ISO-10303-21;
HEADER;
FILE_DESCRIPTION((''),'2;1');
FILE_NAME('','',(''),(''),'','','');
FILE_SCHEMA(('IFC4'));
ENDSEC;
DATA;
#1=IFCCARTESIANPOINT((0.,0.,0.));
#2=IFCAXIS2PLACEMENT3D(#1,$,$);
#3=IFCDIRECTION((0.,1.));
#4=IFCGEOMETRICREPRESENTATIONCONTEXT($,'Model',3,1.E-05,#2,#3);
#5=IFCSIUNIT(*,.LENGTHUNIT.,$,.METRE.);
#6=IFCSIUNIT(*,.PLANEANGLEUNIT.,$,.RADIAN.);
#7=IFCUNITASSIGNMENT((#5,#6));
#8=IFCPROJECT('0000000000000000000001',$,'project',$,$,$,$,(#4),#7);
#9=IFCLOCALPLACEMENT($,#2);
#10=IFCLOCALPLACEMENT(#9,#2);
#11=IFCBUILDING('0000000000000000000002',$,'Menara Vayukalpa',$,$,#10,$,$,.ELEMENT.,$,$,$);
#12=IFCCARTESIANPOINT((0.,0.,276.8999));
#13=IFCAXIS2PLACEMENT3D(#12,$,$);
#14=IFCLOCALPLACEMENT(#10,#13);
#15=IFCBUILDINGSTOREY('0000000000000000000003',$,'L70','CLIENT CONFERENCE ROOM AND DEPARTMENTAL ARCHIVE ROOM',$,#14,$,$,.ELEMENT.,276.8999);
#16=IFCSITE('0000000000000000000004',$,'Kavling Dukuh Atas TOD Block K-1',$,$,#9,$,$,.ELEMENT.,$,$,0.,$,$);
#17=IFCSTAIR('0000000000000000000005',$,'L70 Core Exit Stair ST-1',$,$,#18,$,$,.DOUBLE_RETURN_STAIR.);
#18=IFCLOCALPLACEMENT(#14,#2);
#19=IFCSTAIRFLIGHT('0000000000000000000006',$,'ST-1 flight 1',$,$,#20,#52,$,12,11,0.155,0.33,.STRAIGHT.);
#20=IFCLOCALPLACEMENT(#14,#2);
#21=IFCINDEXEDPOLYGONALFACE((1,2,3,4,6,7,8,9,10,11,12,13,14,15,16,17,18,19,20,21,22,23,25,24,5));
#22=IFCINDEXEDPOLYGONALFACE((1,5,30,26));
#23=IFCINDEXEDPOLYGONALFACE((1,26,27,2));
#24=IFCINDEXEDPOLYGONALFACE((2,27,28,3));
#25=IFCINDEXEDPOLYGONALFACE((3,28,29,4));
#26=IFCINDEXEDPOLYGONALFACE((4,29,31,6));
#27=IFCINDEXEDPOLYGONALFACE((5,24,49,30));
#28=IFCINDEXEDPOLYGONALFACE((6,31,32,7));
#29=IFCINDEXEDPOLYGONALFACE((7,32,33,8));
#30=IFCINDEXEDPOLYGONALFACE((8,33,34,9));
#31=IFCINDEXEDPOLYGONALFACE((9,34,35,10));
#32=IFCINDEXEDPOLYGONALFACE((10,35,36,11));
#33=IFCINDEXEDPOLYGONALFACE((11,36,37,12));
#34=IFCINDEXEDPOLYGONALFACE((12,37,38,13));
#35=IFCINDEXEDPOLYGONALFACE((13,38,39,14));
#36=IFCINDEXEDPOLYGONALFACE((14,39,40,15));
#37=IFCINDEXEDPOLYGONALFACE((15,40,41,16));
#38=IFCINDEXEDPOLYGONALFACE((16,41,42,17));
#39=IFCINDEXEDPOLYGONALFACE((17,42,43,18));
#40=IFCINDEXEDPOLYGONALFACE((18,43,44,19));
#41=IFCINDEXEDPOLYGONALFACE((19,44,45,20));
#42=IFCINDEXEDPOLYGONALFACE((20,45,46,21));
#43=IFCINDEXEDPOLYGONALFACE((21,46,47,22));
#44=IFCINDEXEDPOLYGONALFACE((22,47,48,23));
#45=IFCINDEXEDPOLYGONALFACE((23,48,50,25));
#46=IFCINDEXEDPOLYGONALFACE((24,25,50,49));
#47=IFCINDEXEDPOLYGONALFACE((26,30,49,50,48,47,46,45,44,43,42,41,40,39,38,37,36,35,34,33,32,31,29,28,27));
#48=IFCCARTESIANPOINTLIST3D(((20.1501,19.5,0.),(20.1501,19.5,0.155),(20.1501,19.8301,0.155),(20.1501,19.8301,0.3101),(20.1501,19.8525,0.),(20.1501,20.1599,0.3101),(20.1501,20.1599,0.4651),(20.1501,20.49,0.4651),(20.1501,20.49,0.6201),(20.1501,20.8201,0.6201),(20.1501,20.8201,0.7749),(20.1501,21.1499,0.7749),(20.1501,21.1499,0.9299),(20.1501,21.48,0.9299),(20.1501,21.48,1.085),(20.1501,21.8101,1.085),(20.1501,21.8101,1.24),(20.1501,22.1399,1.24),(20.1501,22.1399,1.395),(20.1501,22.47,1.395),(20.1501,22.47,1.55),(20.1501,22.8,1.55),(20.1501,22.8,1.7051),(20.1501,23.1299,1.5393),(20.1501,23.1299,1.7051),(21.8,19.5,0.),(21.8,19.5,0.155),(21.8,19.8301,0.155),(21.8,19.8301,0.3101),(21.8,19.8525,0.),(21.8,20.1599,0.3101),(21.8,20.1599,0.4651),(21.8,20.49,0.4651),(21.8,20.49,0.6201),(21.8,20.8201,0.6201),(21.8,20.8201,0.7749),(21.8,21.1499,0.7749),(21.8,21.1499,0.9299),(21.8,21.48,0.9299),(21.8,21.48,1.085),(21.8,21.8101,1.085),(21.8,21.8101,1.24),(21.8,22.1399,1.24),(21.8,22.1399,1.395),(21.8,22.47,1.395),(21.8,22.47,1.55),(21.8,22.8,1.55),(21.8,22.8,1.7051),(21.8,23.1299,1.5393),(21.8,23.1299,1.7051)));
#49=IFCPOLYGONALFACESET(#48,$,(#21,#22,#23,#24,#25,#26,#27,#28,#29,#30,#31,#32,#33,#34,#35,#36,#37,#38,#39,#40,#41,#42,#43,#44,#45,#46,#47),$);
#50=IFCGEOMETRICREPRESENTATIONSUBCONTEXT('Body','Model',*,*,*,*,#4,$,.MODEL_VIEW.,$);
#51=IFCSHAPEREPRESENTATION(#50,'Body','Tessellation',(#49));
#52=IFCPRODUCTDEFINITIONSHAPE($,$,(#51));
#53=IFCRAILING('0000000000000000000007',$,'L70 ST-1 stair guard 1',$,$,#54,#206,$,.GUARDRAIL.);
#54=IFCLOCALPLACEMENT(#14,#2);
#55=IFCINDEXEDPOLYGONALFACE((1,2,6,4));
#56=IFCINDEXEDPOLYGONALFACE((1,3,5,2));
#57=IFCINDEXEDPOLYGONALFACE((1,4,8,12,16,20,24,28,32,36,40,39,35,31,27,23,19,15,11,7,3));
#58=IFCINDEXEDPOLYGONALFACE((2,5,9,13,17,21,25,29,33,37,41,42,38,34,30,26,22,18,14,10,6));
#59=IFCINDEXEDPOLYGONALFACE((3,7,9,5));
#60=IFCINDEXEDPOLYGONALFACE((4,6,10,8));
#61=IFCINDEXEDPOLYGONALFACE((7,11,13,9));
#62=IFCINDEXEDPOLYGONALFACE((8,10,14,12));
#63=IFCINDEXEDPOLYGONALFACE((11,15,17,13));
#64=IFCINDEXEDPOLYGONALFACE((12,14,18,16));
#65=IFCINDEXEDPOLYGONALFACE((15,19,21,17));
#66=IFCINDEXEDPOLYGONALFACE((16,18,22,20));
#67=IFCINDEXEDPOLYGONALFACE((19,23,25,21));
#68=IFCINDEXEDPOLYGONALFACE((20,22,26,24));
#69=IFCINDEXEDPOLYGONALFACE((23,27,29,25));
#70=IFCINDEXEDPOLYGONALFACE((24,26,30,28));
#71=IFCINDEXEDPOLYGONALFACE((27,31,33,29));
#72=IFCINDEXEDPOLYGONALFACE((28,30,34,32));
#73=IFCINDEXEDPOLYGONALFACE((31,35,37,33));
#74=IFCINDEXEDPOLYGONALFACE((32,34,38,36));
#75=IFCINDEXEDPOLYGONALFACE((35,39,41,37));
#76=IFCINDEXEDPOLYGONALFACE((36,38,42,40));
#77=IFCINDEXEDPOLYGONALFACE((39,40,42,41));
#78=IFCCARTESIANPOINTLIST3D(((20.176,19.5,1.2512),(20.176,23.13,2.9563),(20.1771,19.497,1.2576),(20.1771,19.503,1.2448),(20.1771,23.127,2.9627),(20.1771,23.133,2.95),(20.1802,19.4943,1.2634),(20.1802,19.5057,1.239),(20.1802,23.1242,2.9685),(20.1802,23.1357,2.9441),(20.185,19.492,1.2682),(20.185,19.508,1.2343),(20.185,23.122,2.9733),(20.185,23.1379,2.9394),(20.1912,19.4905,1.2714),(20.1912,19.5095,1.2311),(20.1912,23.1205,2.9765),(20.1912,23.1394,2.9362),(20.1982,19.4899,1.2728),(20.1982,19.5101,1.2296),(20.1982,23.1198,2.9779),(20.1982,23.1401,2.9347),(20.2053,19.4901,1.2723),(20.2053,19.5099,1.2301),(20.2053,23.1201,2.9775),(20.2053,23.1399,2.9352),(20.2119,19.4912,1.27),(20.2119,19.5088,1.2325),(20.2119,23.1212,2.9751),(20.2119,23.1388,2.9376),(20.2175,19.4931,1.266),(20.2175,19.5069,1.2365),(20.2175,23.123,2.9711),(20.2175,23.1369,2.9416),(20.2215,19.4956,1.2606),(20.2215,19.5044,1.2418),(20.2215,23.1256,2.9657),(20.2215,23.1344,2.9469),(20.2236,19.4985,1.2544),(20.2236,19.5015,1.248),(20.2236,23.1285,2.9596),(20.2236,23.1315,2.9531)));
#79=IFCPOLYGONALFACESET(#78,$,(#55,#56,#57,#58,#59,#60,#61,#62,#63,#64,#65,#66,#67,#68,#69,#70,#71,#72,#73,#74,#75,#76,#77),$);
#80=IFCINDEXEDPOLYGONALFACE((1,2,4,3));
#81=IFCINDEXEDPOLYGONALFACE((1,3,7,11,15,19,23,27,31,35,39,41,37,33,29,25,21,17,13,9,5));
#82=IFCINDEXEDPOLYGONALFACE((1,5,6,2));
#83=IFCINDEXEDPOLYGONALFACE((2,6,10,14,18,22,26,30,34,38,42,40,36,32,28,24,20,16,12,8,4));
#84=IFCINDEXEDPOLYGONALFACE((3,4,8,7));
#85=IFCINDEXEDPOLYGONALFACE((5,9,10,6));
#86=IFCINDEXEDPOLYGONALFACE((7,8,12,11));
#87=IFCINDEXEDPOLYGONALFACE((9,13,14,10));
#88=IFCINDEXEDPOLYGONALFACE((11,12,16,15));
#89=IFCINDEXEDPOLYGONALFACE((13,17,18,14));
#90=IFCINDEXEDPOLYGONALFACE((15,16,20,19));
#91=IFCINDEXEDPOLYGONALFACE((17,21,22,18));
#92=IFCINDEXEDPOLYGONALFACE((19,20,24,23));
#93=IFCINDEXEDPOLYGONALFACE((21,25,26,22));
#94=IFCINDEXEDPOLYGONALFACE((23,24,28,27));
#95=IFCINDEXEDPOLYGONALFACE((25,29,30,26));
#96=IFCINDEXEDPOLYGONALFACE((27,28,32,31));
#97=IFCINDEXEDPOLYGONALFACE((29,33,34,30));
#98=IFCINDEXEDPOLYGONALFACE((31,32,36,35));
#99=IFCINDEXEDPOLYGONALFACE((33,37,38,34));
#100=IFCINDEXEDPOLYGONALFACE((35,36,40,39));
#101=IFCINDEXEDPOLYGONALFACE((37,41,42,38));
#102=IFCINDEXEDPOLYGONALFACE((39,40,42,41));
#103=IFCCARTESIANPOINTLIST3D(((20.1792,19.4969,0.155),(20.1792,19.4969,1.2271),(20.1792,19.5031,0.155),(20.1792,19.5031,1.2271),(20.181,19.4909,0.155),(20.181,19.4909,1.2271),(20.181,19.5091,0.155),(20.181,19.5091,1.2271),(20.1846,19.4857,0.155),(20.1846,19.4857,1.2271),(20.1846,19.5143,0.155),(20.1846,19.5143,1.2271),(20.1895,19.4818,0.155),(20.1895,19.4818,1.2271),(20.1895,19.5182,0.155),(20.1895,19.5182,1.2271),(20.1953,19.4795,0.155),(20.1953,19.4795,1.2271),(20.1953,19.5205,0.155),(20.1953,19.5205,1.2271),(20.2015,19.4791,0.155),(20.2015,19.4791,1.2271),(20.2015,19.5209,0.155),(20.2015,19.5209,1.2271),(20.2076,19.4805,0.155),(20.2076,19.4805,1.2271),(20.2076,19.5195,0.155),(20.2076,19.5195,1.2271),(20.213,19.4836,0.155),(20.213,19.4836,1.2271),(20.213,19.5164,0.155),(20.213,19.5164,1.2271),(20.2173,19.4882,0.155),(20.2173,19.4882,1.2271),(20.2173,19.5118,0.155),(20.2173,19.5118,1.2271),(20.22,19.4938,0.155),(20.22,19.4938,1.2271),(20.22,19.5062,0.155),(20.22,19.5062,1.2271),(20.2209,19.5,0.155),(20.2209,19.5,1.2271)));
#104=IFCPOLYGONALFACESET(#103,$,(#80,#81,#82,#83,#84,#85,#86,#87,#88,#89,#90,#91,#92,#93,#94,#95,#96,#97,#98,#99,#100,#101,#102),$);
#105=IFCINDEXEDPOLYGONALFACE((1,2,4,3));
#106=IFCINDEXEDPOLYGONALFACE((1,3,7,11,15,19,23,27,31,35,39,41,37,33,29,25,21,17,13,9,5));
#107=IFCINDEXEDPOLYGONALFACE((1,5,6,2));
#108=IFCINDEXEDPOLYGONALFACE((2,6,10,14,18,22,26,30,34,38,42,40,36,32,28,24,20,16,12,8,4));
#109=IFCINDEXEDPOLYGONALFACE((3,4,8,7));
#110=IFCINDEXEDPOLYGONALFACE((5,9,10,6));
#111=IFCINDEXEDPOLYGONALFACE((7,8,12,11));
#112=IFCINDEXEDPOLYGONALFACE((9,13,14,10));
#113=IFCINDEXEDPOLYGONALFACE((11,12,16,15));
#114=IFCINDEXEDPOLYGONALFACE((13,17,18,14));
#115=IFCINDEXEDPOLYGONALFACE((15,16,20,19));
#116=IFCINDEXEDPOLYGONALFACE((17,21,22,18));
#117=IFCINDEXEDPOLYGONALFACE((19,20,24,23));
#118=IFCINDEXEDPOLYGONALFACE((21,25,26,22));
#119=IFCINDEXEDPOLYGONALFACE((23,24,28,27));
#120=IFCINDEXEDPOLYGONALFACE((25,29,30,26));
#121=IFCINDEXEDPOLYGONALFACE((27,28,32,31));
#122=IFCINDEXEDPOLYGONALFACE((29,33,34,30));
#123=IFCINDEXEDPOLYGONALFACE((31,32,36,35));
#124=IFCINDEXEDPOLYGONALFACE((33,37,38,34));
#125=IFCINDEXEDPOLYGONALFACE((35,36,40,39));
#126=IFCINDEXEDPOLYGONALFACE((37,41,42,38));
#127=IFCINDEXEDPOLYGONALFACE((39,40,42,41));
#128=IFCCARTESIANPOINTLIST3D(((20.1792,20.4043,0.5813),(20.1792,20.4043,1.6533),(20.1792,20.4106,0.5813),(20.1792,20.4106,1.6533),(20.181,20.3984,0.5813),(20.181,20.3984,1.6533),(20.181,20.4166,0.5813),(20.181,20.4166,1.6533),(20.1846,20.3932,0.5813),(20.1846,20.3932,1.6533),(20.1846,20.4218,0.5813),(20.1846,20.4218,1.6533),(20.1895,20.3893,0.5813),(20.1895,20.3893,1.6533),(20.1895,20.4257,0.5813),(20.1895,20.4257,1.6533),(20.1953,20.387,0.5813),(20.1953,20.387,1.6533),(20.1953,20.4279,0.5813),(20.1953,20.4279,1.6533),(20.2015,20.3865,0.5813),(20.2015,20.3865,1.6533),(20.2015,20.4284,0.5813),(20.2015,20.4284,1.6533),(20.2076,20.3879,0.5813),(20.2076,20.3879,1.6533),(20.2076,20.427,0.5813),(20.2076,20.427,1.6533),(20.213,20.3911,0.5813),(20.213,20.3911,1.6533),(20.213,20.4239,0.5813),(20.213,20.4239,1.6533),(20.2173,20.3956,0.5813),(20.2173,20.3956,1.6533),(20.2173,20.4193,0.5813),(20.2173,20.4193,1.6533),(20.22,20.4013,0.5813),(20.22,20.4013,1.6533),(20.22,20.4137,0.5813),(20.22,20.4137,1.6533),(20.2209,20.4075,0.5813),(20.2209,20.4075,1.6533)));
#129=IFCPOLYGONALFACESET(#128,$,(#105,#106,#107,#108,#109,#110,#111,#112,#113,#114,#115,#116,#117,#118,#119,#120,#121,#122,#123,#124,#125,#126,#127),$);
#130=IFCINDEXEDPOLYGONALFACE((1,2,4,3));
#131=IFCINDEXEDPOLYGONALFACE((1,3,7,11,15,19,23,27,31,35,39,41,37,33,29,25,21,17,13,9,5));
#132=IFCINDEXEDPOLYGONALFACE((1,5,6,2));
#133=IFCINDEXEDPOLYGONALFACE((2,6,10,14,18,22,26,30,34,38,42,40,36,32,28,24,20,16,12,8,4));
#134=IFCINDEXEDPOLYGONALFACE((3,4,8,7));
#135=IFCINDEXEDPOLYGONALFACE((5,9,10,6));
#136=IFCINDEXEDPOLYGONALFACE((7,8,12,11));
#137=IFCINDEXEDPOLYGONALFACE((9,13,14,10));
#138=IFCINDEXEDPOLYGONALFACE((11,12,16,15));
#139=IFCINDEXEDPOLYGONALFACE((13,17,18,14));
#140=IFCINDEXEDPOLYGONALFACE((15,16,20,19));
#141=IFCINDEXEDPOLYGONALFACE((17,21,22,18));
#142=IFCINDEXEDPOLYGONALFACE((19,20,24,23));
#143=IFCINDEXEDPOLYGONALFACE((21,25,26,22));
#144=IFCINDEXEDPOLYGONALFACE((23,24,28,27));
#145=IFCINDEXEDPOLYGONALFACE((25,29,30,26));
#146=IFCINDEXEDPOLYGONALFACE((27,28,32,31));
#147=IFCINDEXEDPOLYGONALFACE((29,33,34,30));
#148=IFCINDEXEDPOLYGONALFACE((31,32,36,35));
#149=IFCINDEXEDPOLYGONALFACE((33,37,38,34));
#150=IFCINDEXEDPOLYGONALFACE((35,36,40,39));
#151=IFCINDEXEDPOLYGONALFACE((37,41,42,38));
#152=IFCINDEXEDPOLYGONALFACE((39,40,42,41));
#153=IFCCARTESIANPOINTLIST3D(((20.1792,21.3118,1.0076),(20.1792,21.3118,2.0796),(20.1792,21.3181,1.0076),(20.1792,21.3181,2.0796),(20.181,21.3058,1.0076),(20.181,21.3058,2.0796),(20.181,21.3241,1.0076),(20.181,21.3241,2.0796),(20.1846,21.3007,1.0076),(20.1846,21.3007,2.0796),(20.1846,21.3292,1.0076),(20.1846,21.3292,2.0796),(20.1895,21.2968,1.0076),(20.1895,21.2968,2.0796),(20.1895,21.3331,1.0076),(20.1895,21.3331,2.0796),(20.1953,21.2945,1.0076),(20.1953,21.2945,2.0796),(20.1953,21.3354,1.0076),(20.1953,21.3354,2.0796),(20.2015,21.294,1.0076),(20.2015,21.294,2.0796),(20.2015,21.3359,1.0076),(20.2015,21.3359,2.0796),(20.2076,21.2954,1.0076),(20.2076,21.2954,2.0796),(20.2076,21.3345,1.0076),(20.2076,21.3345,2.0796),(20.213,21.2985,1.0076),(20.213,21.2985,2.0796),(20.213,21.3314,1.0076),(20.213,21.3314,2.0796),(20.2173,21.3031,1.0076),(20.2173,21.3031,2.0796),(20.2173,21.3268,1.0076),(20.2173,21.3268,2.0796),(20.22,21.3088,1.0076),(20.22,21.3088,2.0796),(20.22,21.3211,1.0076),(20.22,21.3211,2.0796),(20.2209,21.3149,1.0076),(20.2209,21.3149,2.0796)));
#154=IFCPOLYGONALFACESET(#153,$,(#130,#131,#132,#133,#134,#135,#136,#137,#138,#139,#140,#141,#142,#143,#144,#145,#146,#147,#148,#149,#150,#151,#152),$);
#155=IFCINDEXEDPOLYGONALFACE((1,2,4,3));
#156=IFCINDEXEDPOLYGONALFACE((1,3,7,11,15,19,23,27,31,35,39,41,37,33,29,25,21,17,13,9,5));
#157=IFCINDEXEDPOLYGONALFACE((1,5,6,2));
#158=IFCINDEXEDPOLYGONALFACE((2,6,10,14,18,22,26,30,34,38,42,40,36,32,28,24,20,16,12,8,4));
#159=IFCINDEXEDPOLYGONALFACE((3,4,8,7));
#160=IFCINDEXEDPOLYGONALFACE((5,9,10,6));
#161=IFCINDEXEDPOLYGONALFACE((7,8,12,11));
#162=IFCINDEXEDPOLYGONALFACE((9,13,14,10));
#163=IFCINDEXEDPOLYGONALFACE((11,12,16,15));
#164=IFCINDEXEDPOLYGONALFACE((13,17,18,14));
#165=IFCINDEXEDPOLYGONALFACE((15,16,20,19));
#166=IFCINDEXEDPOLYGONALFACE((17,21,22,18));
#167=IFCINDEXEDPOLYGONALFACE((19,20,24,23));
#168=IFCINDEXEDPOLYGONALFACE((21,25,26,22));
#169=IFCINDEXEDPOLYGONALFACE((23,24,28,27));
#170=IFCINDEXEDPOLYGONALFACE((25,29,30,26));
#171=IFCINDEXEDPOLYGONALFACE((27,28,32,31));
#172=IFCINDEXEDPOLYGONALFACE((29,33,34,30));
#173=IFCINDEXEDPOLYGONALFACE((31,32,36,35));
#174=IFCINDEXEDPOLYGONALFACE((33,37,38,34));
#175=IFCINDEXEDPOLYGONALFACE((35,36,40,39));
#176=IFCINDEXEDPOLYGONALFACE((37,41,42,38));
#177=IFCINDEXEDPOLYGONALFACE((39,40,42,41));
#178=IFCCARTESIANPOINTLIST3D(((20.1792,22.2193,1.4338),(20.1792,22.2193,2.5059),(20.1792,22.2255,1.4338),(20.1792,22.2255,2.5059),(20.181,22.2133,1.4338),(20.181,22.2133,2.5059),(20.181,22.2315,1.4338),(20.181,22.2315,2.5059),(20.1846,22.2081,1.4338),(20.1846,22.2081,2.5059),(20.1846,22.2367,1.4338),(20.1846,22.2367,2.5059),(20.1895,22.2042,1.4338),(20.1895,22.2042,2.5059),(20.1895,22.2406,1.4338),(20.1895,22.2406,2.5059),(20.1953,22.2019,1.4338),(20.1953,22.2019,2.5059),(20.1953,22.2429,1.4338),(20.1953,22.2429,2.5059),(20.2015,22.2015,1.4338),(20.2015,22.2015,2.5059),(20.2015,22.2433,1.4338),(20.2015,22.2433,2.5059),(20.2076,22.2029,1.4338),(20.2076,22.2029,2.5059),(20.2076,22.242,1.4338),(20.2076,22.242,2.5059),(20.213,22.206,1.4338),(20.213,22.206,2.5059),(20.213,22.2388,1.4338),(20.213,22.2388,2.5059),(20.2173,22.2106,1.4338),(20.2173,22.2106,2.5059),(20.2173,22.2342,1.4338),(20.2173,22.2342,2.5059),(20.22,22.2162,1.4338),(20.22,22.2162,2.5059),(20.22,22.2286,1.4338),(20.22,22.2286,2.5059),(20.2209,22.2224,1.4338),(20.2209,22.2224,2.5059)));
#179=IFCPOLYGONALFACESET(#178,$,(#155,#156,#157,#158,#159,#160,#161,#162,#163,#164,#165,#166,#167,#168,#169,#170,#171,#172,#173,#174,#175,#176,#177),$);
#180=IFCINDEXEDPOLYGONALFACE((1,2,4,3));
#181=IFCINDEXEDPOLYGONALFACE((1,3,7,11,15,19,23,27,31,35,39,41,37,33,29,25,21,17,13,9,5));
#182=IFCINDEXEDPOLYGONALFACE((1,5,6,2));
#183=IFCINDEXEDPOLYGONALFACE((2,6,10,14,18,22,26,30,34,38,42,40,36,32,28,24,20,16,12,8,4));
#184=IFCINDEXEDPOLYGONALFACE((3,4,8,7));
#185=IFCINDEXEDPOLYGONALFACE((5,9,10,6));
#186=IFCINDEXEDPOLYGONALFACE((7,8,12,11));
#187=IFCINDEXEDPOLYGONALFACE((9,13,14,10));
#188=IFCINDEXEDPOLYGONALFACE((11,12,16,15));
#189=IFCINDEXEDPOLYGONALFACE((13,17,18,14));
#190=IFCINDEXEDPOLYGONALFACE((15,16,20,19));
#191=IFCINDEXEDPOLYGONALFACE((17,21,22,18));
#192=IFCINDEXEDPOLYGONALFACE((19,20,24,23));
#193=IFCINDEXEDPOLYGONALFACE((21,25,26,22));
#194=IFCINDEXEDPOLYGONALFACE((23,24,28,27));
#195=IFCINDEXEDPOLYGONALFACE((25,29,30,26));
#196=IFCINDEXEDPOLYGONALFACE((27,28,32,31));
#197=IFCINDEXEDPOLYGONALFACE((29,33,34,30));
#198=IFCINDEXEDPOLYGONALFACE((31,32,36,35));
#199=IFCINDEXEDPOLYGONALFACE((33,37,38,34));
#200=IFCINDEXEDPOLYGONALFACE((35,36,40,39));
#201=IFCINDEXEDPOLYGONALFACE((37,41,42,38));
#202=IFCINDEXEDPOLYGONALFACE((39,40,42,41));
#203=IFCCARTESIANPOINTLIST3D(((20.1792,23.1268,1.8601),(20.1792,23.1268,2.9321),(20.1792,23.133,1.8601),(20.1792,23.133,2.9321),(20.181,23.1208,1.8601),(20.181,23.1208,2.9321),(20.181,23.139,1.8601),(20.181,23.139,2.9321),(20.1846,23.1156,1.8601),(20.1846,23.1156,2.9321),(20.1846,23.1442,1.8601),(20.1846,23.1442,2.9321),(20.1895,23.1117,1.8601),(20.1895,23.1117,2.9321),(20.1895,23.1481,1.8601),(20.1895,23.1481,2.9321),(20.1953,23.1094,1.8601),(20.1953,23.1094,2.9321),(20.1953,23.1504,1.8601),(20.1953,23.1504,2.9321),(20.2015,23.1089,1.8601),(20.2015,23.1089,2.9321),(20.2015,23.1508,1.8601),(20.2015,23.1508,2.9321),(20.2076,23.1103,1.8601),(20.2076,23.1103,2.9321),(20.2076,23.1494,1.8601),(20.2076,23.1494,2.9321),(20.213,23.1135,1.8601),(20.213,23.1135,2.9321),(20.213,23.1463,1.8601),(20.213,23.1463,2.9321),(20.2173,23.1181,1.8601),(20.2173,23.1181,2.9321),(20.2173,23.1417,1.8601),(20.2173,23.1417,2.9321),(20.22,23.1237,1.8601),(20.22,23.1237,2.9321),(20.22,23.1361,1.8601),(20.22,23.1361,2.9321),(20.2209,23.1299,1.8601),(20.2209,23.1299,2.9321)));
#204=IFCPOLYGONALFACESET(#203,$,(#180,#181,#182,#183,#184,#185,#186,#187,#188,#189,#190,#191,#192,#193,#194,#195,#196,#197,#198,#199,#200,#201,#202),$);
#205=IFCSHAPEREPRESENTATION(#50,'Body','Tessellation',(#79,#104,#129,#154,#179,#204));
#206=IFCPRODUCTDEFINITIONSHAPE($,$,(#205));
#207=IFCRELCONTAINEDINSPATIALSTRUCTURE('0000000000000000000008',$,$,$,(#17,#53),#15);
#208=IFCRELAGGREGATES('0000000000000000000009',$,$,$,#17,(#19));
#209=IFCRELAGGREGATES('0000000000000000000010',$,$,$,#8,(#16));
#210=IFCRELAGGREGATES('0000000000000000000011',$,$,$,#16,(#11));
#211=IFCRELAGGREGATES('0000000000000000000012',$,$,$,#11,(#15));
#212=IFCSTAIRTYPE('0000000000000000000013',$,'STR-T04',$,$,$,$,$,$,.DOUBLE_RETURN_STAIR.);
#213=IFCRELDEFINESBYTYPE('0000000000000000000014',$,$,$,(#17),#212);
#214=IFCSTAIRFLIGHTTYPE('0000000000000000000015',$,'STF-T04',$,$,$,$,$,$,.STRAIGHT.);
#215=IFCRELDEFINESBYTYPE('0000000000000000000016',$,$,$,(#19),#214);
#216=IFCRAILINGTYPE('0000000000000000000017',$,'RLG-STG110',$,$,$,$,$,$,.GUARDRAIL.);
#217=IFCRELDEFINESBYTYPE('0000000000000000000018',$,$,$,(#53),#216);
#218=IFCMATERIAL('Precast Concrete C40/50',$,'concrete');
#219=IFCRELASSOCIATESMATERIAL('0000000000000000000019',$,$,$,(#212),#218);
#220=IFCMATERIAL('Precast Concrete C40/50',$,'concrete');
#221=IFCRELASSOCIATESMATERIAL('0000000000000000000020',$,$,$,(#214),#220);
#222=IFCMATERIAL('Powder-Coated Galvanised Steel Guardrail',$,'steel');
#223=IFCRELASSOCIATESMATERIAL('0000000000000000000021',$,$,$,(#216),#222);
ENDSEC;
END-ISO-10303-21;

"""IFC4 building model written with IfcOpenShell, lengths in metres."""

from ifc_helpers import new_model, si_unit, direction, frame, origin, origin_2d, place, context, subcontext, project, spatial, polyline, circle, outline, extrude, material, type_object, element, aggregate, save


model = new_model("IFC4")

# Units and contexts
model_context = context("Model", 3, precision=1e-05, world=origin(), true_north=direction((0.0, 1.0)))
body_context = subcontext(model_context, "Body", "Model", "MODEL_VIEW")
ifc_project = project(units=[si_unit("LENGTHUNIT", "METRE"), si_unit("PLANEANGLEUNIT", "RADIAN")], contexts=[model_context])

# Site, building, storey
site_placement = place(None, origin())
site = spatial("IfcSite", under=ifc_project, at=site_placement, Name="Kavling Dukuh Atas TOD Block K-1", CompositionType="ELEMENT", RefElevation=0.0)
building_placement = place(site_placement, origin())
building = spatial("IfcBuilding", under=site, at=building_placement, Name="Menara Vayukalpa", CompositionType="ELEMENT")
storey_placement = place(building_placement, frame((0.0, 0.0, 276.8999)))
storey = spatial("IfcBuildingStorey", under=building, at=storey_placement, Name="L70", Description="CLIENT CONFERENCE ROOM AND DEPARTMENTAL ARCHIVE ROOM", CompositionType="ELEMENT", Elevation=276.8999)

# Stair, stair flight
ifc_material_1 = material(Name="Precast Concrete C40/50", Category="concrete")
stair_type = type_object("IfcStairType", Name="STR-T04", PredefinedType="DOUBLE_RETURN_STAIR", material=ifc_material_1)
stair_placement = place(storey_placement, origin())
stair = element("IfcStair", 1, at=stair_placement, inside=storey, type_object=stair_type, Name="L70 Core Exit Stair ST-1", PredefinedType="DOUBLE_RETURN_STAIR")
ifc_material_2 = material(Name="Precast Concrete C40/50", Category="concrete")
stair_flight_type = type_object("IfcStairFlightType", Name="STF-T04", PredefinedType="STRAIGHT", material=ifc_material_2)
stair_flight_placement = place(storey_placement, frame((20.9751, 19.5, 0.0), z_axis=(0.0, 0.0, 1.0), x_axis=(0.0, 1.0, 0.0)))
stair_flight = element("IfcStairFlight", 2, at=stair_flight_placement, type_object=stair_flight_type, Name="ST-1 flight 1", NumberOfRisers=12, NumberOfTreads=11, PredefinedType="STRAIGHT", RiserHeight=0.155, TreadLength=0.33, context=body_context, shape_type="SweptSolid", body=[
    extrude(outline(polyline([(0.0, 0.0), (0.0, 0.155), (0.3301, 0.155), (0.3301, 0.3101), (0.6599, 0.3101), (0.6599, 0.4651), (0.99, 0.4651), (0.99, 0.6201), (1.3201, 0.6201), (1.3201, 0.7749), (1.6499, 0.7749), (1.6499, 0.9299), (1.98, 0.9299), (1.98, 1.085), (2.3101, 1.085), (2.3101, 1.24), (2.6399, 1.24), (2.6399, 1.395), (2.97, 1.395), (2.97, 1.55), (3.3, 1.55), (3.3, 1.7051), (3.6299, 1.7051), (3.6299, 1.8601), (3.6299, 1.5393), (0.3525, 0.0), (0.0, 0.0)])), frame((0.0, 0.825, 0.0), z_axis=(0.0, -1.0, 0.0), x_axis=(1.0, 0.0, 0.0)), (0.0, 0.0, 1.0), 1.6499),
])
aggregate(stair, [stair_flight])

# Railing
ifc_material_3 = material(Name="Powder-Coated Galvanised Steel Guardrail", Category="steel")
railing_type_1 = type_object("IfcRailingType", Name="RLG-STG110", PredefinedType="GUARDRAIL", material=ifc_material_3)
railing_1_placement = place(storey_placement, frame((20.2, 19.5, 0.155)))
element("IfcRailing", 3, at=railing_1_placement, inside=storey, type_object=railing_type_1, Name="L70 ST-1 stair guard 1", PredefinedType="GUARDRAIL", context=body_context, shape_type="SweptSolid", body=[
    extrude(circle(Radius=0.0239, at=origin_2d()), frame((0.0, 0.0, 1.0962), z_axis=(0.0, 0.905116, 0.425164), x_axis=(-1.0, 0.0, 0.0)), (0.0, 0.0, 1.0), 4.0105),
    extrude(circle(Radius=0.021, at=origin_2d()), origin(), (0.0, 0.0, 1.0), 1.072),
    extrude(circle(Radius=0.021, at=origin_2d()), frame((0.0, 0.9075, 0.4263)), (0.0, 0.0, 1.0), 1.072),
    extrude(circle(Radius=0.021, at=origin_2d()), frame((0.0, 1.8149, 0.8525)), (0.0, 0.0, 1.0), 1.072),
    extrude(circle(Radius=0.021, at=origin_2d()), frame((0.0, 2.7224, 1.2788)), (0.0, 0.0, 1.0), 1.072),
    extrude(circle(Radius=0.021, at=origin_2d()), frame((0.0, 3.6299, 1.7051)), (0.0, 0.0, 1.0), 1.072),
])

save(model, "model.ifc")
